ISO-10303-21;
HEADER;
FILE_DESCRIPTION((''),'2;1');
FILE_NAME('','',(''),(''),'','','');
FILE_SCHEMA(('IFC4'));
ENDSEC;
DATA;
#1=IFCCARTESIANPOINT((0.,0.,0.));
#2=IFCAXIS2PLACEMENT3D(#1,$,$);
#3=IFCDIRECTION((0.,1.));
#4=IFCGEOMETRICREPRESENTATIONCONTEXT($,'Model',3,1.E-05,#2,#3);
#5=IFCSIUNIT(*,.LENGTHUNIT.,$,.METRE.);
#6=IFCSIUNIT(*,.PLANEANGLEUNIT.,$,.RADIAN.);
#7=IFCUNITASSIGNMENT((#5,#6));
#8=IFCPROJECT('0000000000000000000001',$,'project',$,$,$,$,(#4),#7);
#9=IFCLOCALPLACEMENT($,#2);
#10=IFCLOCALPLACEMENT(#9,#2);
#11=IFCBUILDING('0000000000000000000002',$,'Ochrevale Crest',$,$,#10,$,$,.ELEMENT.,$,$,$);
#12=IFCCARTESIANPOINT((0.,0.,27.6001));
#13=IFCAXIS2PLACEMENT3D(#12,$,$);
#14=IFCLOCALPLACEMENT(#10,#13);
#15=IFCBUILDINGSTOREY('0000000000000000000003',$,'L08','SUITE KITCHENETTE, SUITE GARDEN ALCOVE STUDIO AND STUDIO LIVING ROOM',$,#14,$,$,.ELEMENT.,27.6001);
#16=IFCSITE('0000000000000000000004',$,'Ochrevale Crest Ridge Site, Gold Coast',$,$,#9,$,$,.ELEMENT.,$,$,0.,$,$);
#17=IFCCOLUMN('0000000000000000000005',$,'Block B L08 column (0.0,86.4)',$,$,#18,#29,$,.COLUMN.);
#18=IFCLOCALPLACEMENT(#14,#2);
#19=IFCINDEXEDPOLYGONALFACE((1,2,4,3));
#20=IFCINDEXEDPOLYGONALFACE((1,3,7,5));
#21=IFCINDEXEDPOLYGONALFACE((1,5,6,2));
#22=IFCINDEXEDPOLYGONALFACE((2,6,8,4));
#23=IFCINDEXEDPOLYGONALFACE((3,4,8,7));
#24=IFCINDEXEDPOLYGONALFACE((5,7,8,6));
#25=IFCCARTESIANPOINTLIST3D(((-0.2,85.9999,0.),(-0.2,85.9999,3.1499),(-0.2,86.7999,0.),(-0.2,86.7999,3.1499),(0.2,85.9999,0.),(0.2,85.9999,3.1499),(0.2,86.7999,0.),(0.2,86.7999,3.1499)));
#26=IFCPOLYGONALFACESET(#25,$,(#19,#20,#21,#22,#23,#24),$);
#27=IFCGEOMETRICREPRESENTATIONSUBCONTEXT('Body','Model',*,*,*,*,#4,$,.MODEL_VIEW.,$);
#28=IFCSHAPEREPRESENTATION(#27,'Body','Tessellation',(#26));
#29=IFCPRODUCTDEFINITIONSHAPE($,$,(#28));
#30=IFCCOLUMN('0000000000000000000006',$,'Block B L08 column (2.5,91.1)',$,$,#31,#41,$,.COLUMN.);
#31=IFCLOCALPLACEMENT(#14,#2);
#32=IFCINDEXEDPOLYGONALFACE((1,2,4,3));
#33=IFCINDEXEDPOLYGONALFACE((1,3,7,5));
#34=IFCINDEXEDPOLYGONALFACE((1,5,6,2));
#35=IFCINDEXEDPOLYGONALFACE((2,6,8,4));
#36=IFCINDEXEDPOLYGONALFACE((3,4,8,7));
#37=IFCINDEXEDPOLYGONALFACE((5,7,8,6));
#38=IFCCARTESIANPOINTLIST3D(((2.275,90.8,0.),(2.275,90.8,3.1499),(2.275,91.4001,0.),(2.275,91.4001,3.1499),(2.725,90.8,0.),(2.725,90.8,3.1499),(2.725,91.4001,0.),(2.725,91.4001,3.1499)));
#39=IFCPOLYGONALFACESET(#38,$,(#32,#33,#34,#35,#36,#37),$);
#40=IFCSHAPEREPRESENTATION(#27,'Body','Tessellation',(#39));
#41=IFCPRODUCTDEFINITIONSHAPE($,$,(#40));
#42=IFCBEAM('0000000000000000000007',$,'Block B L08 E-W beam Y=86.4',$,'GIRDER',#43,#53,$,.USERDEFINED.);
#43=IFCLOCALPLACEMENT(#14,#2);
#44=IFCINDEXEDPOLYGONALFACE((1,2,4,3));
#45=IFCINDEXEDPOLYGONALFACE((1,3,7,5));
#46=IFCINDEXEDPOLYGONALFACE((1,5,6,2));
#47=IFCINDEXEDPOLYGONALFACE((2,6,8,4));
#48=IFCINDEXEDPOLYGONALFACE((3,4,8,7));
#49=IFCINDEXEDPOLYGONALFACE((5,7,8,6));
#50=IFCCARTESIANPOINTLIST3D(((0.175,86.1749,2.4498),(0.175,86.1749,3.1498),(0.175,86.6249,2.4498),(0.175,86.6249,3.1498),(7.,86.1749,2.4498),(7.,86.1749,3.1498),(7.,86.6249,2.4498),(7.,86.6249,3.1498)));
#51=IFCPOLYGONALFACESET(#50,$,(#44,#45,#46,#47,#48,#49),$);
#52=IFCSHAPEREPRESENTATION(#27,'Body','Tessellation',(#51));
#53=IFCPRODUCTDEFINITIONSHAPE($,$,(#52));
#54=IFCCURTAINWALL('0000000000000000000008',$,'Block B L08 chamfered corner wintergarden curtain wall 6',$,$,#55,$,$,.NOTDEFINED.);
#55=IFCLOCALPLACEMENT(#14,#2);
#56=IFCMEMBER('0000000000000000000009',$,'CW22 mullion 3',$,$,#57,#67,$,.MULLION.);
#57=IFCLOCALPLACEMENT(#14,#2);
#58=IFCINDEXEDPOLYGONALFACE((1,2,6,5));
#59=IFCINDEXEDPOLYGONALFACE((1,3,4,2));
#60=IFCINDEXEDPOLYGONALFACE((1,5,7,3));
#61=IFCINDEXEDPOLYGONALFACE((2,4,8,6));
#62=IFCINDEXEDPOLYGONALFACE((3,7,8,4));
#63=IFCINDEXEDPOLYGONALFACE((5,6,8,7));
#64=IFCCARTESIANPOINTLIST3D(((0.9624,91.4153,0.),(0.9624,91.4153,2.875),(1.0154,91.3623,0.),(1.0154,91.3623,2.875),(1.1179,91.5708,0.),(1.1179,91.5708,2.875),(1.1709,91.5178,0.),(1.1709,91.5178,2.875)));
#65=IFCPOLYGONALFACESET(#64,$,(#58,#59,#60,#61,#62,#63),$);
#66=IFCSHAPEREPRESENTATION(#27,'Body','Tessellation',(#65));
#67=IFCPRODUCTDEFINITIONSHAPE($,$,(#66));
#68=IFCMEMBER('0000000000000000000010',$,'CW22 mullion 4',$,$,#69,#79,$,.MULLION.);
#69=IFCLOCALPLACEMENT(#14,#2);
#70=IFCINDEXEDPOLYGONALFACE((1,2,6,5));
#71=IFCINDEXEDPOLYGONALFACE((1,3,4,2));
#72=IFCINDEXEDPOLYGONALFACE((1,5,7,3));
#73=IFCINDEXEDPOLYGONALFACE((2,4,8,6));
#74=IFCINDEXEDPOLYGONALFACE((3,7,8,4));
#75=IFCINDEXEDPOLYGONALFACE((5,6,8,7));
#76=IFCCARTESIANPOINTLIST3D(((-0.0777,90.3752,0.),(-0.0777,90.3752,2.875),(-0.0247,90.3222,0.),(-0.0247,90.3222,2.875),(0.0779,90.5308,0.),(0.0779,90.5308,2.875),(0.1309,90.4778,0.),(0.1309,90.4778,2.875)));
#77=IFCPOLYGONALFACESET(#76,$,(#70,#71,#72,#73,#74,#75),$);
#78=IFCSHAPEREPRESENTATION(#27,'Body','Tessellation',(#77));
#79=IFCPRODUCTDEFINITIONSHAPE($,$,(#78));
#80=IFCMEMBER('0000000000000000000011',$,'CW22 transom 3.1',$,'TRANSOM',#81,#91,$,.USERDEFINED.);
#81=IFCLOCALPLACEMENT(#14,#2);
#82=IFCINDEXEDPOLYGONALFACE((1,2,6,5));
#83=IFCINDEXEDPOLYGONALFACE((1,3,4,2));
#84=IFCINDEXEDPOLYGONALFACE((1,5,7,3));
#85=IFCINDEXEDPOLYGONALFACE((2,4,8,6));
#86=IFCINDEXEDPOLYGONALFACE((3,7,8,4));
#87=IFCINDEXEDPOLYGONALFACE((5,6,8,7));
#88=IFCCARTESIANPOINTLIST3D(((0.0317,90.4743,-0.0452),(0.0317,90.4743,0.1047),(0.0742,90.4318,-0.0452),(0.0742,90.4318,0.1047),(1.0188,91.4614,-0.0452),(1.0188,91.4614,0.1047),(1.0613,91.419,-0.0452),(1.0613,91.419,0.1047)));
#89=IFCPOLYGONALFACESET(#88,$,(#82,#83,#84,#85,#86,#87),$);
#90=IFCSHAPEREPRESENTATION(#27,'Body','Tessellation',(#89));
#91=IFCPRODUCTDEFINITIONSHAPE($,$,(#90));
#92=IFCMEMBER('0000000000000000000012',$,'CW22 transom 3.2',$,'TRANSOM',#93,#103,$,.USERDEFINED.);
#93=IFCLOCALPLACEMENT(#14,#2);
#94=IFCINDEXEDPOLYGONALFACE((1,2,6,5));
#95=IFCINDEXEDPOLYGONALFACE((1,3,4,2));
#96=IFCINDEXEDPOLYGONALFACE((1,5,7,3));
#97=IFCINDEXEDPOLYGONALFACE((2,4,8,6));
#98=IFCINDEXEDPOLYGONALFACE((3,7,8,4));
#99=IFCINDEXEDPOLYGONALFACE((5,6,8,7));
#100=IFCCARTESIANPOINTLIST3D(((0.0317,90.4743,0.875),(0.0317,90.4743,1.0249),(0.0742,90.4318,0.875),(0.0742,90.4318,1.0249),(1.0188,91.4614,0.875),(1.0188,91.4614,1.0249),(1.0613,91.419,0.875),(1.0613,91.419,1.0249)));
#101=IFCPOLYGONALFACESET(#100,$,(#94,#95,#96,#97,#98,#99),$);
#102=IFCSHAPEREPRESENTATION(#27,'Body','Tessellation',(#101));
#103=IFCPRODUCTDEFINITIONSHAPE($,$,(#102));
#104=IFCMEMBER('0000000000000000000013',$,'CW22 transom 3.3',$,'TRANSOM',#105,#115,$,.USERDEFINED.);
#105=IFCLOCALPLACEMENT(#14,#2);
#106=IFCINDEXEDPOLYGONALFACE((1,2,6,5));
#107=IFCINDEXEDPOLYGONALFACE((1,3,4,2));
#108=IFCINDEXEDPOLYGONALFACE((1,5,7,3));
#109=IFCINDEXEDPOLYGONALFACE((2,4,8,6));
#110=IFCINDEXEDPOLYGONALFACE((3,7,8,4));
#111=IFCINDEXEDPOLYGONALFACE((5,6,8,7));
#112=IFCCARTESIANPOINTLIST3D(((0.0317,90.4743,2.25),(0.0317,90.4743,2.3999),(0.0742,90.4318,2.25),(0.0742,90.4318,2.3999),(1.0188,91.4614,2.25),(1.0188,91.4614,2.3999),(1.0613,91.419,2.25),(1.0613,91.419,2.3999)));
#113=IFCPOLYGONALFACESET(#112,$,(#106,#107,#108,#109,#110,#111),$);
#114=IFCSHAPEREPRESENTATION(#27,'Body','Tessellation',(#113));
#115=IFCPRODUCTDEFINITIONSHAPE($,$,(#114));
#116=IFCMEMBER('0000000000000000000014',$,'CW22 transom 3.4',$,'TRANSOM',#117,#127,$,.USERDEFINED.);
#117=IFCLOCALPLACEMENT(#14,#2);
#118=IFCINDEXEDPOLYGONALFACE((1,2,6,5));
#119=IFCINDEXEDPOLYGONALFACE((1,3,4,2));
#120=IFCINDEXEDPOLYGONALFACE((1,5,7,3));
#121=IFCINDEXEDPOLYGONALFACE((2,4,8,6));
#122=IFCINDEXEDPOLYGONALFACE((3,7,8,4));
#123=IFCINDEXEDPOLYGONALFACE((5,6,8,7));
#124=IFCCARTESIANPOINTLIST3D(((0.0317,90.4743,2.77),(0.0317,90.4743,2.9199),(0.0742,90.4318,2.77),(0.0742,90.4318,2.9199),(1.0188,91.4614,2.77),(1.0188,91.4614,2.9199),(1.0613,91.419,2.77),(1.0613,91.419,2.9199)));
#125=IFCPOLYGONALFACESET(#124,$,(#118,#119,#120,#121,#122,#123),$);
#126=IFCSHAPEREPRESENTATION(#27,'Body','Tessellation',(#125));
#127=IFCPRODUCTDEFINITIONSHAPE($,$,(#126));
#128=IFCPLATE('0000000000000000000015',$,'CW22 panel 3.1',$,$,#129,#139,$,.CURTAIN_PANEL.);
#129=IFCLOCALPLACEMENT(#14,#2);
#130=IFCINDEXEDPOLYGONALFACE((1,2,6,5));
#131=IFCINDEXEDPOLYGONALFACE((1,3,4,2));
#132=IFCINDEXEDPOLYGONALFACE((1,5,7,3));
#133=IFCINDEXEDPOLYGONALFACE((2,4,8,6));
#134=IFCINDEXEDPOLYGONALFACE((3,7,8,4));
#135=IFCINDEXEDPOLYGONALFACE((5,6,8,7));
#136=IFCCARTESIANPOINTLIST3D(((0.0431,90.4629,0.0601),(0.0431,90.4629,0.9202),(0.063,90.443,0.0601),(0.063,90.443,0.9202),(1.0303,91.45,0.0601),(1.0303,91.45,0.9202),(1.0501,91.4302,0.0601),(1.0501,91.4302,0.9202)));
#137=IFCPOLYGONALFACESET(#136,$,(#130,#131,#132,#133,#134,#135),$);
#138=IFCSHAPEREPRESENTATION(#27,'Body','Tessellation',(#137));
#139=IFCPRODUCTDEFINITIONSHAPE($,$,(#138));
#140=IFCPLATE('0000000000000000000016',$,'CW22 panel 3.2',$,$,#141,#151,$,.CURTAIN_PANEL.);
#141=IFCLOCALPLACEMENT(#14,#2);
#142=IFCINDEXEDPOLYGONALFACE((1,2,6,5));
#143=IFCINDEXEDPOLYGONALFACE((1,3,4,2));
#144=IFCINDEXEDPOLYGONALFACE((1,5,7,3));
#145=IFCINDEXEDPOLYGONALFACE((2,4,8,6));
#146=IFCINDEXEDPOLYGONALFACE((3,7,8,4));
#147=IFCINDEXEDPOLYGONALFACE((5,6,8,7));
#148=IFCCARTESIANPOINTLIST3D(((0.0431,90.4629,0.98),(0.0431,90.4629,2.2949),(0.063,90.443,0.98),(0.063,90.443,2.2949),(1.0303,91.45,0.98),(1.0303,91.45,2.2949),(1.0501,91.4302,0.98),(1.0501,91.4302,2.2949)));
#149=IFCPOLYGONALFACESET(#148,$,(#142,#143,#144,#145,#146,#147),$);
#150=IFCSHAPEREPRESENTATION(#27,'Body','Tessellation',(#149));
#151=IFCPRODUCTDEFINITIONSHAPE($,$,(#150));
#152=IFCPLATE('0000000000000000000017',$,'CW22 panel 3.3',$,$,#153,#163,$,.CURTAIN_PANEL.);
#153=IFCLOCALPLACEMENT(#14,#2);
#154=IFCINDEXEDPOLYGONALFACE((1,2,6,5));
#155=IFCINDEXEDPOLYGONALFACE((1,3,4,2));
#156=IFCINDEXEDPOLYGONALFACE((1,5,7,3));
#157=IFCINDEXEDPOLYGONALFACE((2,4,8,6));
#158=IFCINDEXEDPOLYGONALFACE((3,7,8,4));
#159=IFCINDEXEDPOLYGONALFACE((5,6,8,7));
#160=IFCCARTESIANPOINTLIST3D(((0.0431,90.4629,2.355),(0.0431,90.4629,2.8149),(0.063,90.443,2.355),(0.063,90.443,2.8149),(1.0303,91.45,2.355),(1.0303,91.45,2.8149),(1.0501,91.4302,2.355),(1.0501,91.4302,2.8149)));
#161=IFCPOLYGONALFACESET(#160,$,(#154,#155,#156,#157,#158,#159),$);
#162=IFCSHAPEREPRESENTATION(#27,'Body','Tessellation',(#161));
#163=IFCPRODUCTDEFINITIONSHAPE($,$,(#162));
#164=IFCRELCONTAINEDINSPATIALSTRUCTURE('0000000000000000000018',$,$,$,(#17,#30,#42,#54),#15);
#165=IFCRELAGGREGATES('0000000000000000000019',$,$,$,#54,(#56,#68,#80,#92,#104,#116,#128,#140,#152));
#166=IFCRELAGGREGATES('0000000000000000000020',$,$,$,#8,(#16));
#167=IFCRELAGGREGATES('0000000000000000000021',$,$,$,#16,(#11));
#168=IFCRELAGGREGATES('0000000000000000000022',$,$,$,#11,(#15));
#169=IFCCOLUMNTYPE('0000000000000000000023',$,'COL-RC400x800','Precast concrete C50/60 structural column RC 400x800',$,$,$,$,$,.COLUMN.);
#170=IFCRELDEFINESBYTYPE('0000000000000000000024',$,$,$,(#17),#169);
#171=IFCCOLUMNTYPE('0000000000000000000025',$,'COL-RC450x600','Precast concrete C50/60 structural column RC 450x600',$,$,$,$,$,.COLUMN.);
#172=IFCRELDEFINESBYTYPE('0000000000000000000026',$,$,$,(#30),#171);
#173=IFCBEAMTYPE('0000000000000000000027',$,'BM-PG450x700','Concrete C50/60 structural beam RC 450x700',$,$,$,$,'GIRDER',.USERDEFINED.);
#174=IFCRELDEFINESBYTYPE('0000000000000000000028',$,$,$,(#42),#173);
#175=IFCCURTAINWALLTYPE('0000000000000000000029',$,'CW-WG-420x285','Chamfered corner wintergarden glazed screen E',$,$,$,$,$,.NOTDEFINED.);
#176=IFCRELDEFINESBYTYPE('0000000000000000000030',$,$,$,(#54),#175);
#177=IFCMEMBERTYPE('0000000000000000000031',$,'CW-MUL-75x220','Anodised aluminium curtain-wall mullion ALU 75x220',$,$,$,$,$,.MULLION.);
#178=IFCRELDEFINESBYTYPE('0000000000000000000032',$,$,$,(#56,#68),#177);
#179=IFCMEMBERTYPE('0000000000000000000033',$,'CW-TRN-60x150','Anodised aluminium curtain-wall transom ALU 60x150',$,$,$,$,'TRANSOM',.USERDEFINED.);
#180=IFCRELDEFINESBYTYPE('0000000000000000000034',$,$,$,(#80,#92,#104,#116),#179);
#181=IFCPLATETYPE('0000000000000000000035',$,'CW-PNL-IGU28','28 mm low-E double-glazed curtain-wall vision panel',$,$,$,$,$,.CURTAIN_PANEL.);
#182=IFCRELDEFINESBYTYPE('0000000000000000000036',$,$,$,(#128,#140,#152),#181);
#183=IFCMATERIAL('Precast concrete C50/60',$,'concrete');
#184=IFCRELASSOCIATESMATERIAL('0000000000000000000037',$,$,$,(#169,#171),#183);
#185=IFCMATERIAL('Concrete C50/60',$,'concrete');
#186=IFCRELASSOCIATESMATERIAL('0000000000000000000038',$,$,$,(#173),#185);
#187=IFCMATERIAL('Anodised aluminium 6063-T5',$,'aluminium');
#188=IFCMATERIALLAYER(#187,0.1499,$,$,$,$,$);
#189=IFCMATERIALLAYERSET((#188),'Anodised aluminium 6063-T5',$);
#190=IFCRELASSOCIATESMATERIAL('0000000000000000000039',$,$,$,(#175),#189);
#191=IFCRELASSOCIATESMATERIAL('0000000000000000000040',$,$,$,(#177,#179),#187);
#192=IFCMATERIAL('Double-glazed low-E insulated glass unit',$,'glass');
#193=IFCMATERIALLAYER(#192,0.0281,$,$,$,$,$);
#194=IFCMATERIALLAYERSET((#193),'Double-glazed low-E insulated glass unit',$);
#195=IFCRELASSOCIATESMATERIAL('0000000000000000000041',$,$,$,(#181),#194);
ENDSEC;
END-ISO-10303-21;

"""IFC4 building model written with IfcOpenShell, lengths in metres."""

from ifc_helpers import new_model, si_unit, direction, frame, origin, origin_2d, place, context, subcontext, project, spatial, rectangle, extrude, material, layer, layer_set, material_profile, profile_set, type_object, element, aggregate, save


model = new_model("IFC4")

# Units and contexts
model_context = context("Model", 3, precision=1e-05, world=origin(), true_north=direction((0.0, 1.0)))
body_context = subcontext(model_context, "Body", "Model", "MODEL_VIEW")
ifc_project = project(units=[si_unit("LENGTHUNIT", "METRE"), si_unit("PLANEANGLEUNIT", "RADIAN")], contexts=[model_context])

# Site, building, storey
site_placement = place(None, origin())
site = spatial("IfcSite", under=ifc_project, at=site_placement, Name="Ochrevale Crest Ridge Site, Gold Coast", CompositionType="ELEMENT", RefElevation=0.0)
building_placement = place(site_placement, origin())
building = spatial("IfcBuilding", under=site, at=building_placement, Name="Ochrevale Crest", CompositionType="ELEMENT")
storey_placement = place(building_placement, frame((0.0, 0.0, 27.6001)))
storey = spatial("IfcBuildingStorey", under=building, at=storey_placement, Name="L08", Description="SUITE KITCHENETTE, SUITE GARDEN ALCOVE STUDIO AND STUDIO LIVING ROOM", CompositionType="ELEMENT", Elevation=27.6001)

# Columns
ifc_material_1 = material(Name="Precast concrete C50/60", Category="concrete")
ifc_material_profile_1 = material_profile(ifc_material_1, rectangle(XDim=0.3999, YDim=0.8, at=origin_2d()), Name="RC 400x800")
ifc_profile_set_1 = profile_set([ifc_material_profile_1], Name="Precast concrete C50/60")
column_type_1 = type_object("IfcColumnType", Name="COL-RC400x800", Description="Precast concrete C50/60 structural column RC 400x800", PredefinedType="COLUMN", material=ifc_profile_set_1)
column_1_placement = place(storey_placement, frame((0.0, 86.3999, 0.0), z_axis=(0.0, 0.0, 1.0), x_axis=(1.0, 0.0, 0.0)))
element("IfcColumn", 1, at=column_1_placement, inside=storey, type_object=column_type_1, Name="Block B L08 column (0.0,86.4)", PredefinedType="COLUMN", context=body_context, shape_type="SweptSolid", body=[
    extrude(rectangle(XDim=0.3999, YDim=0.8, at=origin_2d()), origin(), (0.0, 0.0, 1.0), 3.1499),
])
ifc_material_profile_2 = material_profile(ifc_material_1, rectangle(XDim=0.45, YDim=0.6001, at=origin_2d()), Name="RC 450x600")
ifc_profile_set_2 = profile_set([ifc_material_profile_2], Name="Precast concrete C50/60")
column_type_2 = type_object("IfcColumnType", Name="COL-RC450x600", Description="Precast concrete C50/60 structural column RC 450x600", PredefinedType="COLUMN", material=ifc_profile_set_2)
column_2_placement = place(storey_placement, frame((2.5, 91.1001, 0.0), z_axis=(0.0, 0.0, 1.0), x_axis=(1.0, 0.0, 0.0)))
element("IfcColumn", 2, at=column_2_placement, inside=storey, type_object=column_type_2, Name="Block B L08 column (2.5,91.1)", PredefinedType="COLUMN", context=body_context, shape_type="SweptSolid", body=[
    extrude(rectangle(XDim=0.45, YDim=0.6001, at=origin_2d()), origin(), (0.0, 0.0, 1.0), 3.1499),
])

# Beam
ifc_material_2 = material(Name="Concrete C50/60", Category="concrete")
ifc_material_profile_3 = material_profile(ifc_material_2, rectangle(XDim=0.45, YDim=0.7, at=origin_2d()), Name="RC 450x700")
ifc_profile_set_3 = profile_set([ifc_material_profile_3], Name="Concrete C50/60")
beam_type = type_object("IfcBeamType", Name="BM-PG450x700", Description="Concrete C50/60 structural beam RC 450x700", ElementType="GIRDER", PredefinedType="USERDEFINED", material=ifc_profile_set_3)
beam_placement = place(storey_placement, frame((0.175, 86.3999, 2.7998), z_axis=(1.0, 0.0, 0.0), x_axis=(0.0, 1.0, 0.0)))
element("IfcBeam", 3, at=beam_placement, inside=storey, type_object=beam_type, Name="Block B L08 E-W beam Y=86.4", ObjectType="GIRDER", PredefinedType="USERDEFINED", context=body_context, shape_type="SweptSolid", body=[
    extrude(rectangle(XDim=0.45, YDim=0.7, at=origin_2d()), origin(), (0.0, 0.0, 1.0), 6.825),
])

# Curtain wall, members, plates
ifc_material_3 = material(Name="Anodised aluminium 6063-T5", Category="aluminium")
ifc_layer_1 = layer(ifc_material_3, 0.1499)
ifc_layer_set_1 = layer_set([ifc_layer_1], Name="Anodised aluminium 6063-T5")
curtain_wall_type = type_object("IfcCurtainWallType", Name="CW-WG-420x285", Description="Chamfered corner wintergarden glazed screen E", PredefinedType="NOTDEFINED", material=ifc_layer_set_1)
curtain_wall_placement = place(storey_placement, origin())
curtain_wall = element("IfcCurtainWall", 4, at=curtain_wall_placement, inside=storey, type_object=curtain_wall_type, Name="Block B L08 chamfered corner wintergarden curtain wall 6", PredefinedType="NOTDEFINED")
ifc_material_profile_4 = material_profile(ifc_material_3, rectangle(XDim=0.075, YDim=0.22, at=origin_2d()), Name="ALU 75x220")
ifc_profile_set_4 = profile_set([ifc_material_profile_4], Name="Anodised aluminium 6063-T5")
member_type_1 = type_object("IfcMemberType", Name="CW-MUL-75x220", Description="Anodised aluminium curtain-wall mullion ALU 75x220", PredefinedType="MULLION", material=ifc_profile_set_4)
member_1_placement = place(storey_placement, frame((1.0667, 91.4666, 0.0), z_axis=(0.0, 0.0, 1.0), x_axis=(0.707107, -0.707107, 0.0)))
member_1 = element("IfcMember", 5, at=member_1_placement, type_object=member_type_1, Name="CW22 mullion 3", PredefinedType="MULLION", context=body_context, shape_type="SweptSolid", body=[
    extrude(rectangle(XDim=0.075, YDim=0.22, at=origin_2d()), origin(), (0.0, 0.0, 1.0), 2.875),
])
member_2_placement = place(storey_placement, frame((0.0266, 90.4265, 0.0), z_axis=(0.0, 0.0, 1.0), x_axis=(0.707107, -0.707107, 0.0)))
member_2 = element("IfcMember", 6, at=member_2_placement, type_object=member_type_1, Name="CW22 mullion 4", PredefinedType="MULLION", context=body_context, shape_type="SweptSolid", body=[
    extrude(rectangle(XDim=0.075, YDim=0.22, at=origin_2d()), origin(), (0.0, 0.0, 1.0), 2.875),
])
ifc_material_profile_5 = material_profile(ifc_material_3, rectangle(XDim=0.0601, YDim=0.1499, at=origin_2d()), Name="ALU 60x150")
ifc_profile_set_5 = profile_set([ifc_material_profile_5], Name="Anodised aluminium 6063-T5")
member_type_2 = type_object("IfcMemberType", Name="CW-TRN-60x150", Description="Anodised aluminium curtain-wall transom ALU 60x150", ElementType="TRANSOM", PredefinedType="USERDEFINED", material=ifc_profile_set_5)
member_3_placement = place(storey_placement, frame((1.04, 91.4402, 0.0298), z_axis=(-0.707107, -0.707107, 0.0), x_axis=(0.707107, -0.707107, 0.0)))
member_3 = element("IfcMember", 7, at=member_3_placement, type_object=member_type_2, Name="CW22 transom 3.1", ObjectType="TRANSOM", PredefinedType="USERDEFINED", context=body_context, shape_type="SweptSolid", body=[
    extrude(rectangle(XDim=0.0601, YDim=0.1499, at=origin_2d()), origin(), (0.0, 0.0, 1.0), 1.396),
])
member_4_placement = place(storey_placement, frame((1.04, 91.4402, 0.95), z_axis=(-0.707107, -0.707107, 0.0), x_axis=(0.707107, -0.707107, 0.0)))
member_4 = element("IfcMember", 8, at=member_4_placement, type_object=member_type_2, Name="CW22 transom 3.2", ObjectType="TRANSOM", PredefinedType="USERDEFINED", context=body_context, shape_type="SweptSolid", body=[
    extrude(rectangle(XDim=0.0601, YDim=0.1499, at=origin_2d()), origin(), (0.0, 0.0, 1.0), 1.396),
])
member_5_placement = place(storey_placement, frame((1.04, 91.4402, 2.325), z_axis=(-0.707107, -0.707107, 0.0), x_axis=(0.707107, -0.707107, 0.0)))
member_5 = element("IfcMember", 9, at=member_5_placement, type_object=member_type_2, Name="CW22 transom 3.3", ObjectType="TRANSOM", PredefinedType="USERDEFINED", context=body_context, shape_type="SweptSolid", body=[
    extrude(rectangle(XDim=0.0601, YDim=0.1499, at=origin_2d()), origin(), (0.0, 0.0, 1.0), 1.396),
])
member_6_placement = place(storey_placement, frame((1.04, 91.4402, 2.845), z_axis=(-0.707107, -0.707107, 0.0), x_axis=(0.707107, -0.707107, 0.0)))
member_6 = element("IfcMember", 10, at=member_6_placement, type_object=member_type_2, Name="CW22 transom 3.4", ObjectType="TRANSOM", PredefinedType="USERDEFINED", context=body_context, shape_type="SweptSolid", body=[
    extrude(rectangle(XDim=0.0601, YDim=0.1499, at=origin_2d()), origin(), (0.0, 0.0, 1.0), 1.396),
])
ifc_material_4 = material(Name="Double-glazed low-E insulated glass unit", Category="glass")
ifc_layer_2 = layer(ifc_material_4, 0.0281)
ifc_layer_set_2 = layer_set([ifc_layer_2], Name="Double-glazed low-E insulated glass unit")
plate_type = type_object("IfcPlateType", Name="CW-PNL-IGU28", Description="28 mm low-E double-glazed curtain-wall vision panel", PredefinedType="CURTAIN_PANEL", material=ifc_layer_set_2)
plate_1_placement = place(storey_placement, frame((0.5466, 90.9465, 0.0601), z_axis=(0.0, 0.0, 1.0), x_axis=(-0.707107, -0.707107, 0.0)))
plate_1 = element("IfcPlate", 11, at=plate_1_placement, type_object=plate_type, Name="CW22 panel 3.1", PredefinedType="CURTAIN_PANEL", context=body_context, shape_type="SweptSolid", body=[
    extrude(rectangle(XDim=1.396, YDim=0.0281, at=origin_2d()), origin(), (0.0, 0.0, 1.0), 0.8601),
])
plate_2_placement = place(storey_placement, frame((0.5466, 90.9465, 0.98), z_axis=(0.0, 0.0, 1.0), x_axis=(-0.707107, -0.707107, 0.0)))
plate_2 = element("IfcPlate", 12, at=plate_2_placement, type_object=plate_type, Name="CW22 panel 3.2", PredefinedType="CURTAIN_PANEL", context=body_context, shape_type="SweptSolid", body=[
    extrude(rectangle(XDim=1.396, YDim=0.0281, at=origin_2d()), origin(), (0.0, 0.0, 1.0), 1.3149),
])
plate_3_placement = place(storey_placement, frame((0.5466, 90.9465, 2.355), z_axis=(0.0, 0.0, 1.0), x_axis=(-0.707107, -0.707107, 0.0)))
plate_3 = element("IfcPlate", 13, at=plate_3_placement, type_object=plate_type, Name="CW22 panel 3.3", PredefinedType="CURTAIN_PANEL", context=body_context, shape_type="SweptSolid", body=[
    extrude(rectangle(XDim=1.396, YDim=0.0281, at=origin_2d()), origin(), (0.0, 0.0, 1.0), 0.46),
])
aggregate(curtain_wall, [member_1, member_2, member_3, member_4, member_5, member_6, plate_1, plate_2, plate_3])

save(model, "model.ifc")
